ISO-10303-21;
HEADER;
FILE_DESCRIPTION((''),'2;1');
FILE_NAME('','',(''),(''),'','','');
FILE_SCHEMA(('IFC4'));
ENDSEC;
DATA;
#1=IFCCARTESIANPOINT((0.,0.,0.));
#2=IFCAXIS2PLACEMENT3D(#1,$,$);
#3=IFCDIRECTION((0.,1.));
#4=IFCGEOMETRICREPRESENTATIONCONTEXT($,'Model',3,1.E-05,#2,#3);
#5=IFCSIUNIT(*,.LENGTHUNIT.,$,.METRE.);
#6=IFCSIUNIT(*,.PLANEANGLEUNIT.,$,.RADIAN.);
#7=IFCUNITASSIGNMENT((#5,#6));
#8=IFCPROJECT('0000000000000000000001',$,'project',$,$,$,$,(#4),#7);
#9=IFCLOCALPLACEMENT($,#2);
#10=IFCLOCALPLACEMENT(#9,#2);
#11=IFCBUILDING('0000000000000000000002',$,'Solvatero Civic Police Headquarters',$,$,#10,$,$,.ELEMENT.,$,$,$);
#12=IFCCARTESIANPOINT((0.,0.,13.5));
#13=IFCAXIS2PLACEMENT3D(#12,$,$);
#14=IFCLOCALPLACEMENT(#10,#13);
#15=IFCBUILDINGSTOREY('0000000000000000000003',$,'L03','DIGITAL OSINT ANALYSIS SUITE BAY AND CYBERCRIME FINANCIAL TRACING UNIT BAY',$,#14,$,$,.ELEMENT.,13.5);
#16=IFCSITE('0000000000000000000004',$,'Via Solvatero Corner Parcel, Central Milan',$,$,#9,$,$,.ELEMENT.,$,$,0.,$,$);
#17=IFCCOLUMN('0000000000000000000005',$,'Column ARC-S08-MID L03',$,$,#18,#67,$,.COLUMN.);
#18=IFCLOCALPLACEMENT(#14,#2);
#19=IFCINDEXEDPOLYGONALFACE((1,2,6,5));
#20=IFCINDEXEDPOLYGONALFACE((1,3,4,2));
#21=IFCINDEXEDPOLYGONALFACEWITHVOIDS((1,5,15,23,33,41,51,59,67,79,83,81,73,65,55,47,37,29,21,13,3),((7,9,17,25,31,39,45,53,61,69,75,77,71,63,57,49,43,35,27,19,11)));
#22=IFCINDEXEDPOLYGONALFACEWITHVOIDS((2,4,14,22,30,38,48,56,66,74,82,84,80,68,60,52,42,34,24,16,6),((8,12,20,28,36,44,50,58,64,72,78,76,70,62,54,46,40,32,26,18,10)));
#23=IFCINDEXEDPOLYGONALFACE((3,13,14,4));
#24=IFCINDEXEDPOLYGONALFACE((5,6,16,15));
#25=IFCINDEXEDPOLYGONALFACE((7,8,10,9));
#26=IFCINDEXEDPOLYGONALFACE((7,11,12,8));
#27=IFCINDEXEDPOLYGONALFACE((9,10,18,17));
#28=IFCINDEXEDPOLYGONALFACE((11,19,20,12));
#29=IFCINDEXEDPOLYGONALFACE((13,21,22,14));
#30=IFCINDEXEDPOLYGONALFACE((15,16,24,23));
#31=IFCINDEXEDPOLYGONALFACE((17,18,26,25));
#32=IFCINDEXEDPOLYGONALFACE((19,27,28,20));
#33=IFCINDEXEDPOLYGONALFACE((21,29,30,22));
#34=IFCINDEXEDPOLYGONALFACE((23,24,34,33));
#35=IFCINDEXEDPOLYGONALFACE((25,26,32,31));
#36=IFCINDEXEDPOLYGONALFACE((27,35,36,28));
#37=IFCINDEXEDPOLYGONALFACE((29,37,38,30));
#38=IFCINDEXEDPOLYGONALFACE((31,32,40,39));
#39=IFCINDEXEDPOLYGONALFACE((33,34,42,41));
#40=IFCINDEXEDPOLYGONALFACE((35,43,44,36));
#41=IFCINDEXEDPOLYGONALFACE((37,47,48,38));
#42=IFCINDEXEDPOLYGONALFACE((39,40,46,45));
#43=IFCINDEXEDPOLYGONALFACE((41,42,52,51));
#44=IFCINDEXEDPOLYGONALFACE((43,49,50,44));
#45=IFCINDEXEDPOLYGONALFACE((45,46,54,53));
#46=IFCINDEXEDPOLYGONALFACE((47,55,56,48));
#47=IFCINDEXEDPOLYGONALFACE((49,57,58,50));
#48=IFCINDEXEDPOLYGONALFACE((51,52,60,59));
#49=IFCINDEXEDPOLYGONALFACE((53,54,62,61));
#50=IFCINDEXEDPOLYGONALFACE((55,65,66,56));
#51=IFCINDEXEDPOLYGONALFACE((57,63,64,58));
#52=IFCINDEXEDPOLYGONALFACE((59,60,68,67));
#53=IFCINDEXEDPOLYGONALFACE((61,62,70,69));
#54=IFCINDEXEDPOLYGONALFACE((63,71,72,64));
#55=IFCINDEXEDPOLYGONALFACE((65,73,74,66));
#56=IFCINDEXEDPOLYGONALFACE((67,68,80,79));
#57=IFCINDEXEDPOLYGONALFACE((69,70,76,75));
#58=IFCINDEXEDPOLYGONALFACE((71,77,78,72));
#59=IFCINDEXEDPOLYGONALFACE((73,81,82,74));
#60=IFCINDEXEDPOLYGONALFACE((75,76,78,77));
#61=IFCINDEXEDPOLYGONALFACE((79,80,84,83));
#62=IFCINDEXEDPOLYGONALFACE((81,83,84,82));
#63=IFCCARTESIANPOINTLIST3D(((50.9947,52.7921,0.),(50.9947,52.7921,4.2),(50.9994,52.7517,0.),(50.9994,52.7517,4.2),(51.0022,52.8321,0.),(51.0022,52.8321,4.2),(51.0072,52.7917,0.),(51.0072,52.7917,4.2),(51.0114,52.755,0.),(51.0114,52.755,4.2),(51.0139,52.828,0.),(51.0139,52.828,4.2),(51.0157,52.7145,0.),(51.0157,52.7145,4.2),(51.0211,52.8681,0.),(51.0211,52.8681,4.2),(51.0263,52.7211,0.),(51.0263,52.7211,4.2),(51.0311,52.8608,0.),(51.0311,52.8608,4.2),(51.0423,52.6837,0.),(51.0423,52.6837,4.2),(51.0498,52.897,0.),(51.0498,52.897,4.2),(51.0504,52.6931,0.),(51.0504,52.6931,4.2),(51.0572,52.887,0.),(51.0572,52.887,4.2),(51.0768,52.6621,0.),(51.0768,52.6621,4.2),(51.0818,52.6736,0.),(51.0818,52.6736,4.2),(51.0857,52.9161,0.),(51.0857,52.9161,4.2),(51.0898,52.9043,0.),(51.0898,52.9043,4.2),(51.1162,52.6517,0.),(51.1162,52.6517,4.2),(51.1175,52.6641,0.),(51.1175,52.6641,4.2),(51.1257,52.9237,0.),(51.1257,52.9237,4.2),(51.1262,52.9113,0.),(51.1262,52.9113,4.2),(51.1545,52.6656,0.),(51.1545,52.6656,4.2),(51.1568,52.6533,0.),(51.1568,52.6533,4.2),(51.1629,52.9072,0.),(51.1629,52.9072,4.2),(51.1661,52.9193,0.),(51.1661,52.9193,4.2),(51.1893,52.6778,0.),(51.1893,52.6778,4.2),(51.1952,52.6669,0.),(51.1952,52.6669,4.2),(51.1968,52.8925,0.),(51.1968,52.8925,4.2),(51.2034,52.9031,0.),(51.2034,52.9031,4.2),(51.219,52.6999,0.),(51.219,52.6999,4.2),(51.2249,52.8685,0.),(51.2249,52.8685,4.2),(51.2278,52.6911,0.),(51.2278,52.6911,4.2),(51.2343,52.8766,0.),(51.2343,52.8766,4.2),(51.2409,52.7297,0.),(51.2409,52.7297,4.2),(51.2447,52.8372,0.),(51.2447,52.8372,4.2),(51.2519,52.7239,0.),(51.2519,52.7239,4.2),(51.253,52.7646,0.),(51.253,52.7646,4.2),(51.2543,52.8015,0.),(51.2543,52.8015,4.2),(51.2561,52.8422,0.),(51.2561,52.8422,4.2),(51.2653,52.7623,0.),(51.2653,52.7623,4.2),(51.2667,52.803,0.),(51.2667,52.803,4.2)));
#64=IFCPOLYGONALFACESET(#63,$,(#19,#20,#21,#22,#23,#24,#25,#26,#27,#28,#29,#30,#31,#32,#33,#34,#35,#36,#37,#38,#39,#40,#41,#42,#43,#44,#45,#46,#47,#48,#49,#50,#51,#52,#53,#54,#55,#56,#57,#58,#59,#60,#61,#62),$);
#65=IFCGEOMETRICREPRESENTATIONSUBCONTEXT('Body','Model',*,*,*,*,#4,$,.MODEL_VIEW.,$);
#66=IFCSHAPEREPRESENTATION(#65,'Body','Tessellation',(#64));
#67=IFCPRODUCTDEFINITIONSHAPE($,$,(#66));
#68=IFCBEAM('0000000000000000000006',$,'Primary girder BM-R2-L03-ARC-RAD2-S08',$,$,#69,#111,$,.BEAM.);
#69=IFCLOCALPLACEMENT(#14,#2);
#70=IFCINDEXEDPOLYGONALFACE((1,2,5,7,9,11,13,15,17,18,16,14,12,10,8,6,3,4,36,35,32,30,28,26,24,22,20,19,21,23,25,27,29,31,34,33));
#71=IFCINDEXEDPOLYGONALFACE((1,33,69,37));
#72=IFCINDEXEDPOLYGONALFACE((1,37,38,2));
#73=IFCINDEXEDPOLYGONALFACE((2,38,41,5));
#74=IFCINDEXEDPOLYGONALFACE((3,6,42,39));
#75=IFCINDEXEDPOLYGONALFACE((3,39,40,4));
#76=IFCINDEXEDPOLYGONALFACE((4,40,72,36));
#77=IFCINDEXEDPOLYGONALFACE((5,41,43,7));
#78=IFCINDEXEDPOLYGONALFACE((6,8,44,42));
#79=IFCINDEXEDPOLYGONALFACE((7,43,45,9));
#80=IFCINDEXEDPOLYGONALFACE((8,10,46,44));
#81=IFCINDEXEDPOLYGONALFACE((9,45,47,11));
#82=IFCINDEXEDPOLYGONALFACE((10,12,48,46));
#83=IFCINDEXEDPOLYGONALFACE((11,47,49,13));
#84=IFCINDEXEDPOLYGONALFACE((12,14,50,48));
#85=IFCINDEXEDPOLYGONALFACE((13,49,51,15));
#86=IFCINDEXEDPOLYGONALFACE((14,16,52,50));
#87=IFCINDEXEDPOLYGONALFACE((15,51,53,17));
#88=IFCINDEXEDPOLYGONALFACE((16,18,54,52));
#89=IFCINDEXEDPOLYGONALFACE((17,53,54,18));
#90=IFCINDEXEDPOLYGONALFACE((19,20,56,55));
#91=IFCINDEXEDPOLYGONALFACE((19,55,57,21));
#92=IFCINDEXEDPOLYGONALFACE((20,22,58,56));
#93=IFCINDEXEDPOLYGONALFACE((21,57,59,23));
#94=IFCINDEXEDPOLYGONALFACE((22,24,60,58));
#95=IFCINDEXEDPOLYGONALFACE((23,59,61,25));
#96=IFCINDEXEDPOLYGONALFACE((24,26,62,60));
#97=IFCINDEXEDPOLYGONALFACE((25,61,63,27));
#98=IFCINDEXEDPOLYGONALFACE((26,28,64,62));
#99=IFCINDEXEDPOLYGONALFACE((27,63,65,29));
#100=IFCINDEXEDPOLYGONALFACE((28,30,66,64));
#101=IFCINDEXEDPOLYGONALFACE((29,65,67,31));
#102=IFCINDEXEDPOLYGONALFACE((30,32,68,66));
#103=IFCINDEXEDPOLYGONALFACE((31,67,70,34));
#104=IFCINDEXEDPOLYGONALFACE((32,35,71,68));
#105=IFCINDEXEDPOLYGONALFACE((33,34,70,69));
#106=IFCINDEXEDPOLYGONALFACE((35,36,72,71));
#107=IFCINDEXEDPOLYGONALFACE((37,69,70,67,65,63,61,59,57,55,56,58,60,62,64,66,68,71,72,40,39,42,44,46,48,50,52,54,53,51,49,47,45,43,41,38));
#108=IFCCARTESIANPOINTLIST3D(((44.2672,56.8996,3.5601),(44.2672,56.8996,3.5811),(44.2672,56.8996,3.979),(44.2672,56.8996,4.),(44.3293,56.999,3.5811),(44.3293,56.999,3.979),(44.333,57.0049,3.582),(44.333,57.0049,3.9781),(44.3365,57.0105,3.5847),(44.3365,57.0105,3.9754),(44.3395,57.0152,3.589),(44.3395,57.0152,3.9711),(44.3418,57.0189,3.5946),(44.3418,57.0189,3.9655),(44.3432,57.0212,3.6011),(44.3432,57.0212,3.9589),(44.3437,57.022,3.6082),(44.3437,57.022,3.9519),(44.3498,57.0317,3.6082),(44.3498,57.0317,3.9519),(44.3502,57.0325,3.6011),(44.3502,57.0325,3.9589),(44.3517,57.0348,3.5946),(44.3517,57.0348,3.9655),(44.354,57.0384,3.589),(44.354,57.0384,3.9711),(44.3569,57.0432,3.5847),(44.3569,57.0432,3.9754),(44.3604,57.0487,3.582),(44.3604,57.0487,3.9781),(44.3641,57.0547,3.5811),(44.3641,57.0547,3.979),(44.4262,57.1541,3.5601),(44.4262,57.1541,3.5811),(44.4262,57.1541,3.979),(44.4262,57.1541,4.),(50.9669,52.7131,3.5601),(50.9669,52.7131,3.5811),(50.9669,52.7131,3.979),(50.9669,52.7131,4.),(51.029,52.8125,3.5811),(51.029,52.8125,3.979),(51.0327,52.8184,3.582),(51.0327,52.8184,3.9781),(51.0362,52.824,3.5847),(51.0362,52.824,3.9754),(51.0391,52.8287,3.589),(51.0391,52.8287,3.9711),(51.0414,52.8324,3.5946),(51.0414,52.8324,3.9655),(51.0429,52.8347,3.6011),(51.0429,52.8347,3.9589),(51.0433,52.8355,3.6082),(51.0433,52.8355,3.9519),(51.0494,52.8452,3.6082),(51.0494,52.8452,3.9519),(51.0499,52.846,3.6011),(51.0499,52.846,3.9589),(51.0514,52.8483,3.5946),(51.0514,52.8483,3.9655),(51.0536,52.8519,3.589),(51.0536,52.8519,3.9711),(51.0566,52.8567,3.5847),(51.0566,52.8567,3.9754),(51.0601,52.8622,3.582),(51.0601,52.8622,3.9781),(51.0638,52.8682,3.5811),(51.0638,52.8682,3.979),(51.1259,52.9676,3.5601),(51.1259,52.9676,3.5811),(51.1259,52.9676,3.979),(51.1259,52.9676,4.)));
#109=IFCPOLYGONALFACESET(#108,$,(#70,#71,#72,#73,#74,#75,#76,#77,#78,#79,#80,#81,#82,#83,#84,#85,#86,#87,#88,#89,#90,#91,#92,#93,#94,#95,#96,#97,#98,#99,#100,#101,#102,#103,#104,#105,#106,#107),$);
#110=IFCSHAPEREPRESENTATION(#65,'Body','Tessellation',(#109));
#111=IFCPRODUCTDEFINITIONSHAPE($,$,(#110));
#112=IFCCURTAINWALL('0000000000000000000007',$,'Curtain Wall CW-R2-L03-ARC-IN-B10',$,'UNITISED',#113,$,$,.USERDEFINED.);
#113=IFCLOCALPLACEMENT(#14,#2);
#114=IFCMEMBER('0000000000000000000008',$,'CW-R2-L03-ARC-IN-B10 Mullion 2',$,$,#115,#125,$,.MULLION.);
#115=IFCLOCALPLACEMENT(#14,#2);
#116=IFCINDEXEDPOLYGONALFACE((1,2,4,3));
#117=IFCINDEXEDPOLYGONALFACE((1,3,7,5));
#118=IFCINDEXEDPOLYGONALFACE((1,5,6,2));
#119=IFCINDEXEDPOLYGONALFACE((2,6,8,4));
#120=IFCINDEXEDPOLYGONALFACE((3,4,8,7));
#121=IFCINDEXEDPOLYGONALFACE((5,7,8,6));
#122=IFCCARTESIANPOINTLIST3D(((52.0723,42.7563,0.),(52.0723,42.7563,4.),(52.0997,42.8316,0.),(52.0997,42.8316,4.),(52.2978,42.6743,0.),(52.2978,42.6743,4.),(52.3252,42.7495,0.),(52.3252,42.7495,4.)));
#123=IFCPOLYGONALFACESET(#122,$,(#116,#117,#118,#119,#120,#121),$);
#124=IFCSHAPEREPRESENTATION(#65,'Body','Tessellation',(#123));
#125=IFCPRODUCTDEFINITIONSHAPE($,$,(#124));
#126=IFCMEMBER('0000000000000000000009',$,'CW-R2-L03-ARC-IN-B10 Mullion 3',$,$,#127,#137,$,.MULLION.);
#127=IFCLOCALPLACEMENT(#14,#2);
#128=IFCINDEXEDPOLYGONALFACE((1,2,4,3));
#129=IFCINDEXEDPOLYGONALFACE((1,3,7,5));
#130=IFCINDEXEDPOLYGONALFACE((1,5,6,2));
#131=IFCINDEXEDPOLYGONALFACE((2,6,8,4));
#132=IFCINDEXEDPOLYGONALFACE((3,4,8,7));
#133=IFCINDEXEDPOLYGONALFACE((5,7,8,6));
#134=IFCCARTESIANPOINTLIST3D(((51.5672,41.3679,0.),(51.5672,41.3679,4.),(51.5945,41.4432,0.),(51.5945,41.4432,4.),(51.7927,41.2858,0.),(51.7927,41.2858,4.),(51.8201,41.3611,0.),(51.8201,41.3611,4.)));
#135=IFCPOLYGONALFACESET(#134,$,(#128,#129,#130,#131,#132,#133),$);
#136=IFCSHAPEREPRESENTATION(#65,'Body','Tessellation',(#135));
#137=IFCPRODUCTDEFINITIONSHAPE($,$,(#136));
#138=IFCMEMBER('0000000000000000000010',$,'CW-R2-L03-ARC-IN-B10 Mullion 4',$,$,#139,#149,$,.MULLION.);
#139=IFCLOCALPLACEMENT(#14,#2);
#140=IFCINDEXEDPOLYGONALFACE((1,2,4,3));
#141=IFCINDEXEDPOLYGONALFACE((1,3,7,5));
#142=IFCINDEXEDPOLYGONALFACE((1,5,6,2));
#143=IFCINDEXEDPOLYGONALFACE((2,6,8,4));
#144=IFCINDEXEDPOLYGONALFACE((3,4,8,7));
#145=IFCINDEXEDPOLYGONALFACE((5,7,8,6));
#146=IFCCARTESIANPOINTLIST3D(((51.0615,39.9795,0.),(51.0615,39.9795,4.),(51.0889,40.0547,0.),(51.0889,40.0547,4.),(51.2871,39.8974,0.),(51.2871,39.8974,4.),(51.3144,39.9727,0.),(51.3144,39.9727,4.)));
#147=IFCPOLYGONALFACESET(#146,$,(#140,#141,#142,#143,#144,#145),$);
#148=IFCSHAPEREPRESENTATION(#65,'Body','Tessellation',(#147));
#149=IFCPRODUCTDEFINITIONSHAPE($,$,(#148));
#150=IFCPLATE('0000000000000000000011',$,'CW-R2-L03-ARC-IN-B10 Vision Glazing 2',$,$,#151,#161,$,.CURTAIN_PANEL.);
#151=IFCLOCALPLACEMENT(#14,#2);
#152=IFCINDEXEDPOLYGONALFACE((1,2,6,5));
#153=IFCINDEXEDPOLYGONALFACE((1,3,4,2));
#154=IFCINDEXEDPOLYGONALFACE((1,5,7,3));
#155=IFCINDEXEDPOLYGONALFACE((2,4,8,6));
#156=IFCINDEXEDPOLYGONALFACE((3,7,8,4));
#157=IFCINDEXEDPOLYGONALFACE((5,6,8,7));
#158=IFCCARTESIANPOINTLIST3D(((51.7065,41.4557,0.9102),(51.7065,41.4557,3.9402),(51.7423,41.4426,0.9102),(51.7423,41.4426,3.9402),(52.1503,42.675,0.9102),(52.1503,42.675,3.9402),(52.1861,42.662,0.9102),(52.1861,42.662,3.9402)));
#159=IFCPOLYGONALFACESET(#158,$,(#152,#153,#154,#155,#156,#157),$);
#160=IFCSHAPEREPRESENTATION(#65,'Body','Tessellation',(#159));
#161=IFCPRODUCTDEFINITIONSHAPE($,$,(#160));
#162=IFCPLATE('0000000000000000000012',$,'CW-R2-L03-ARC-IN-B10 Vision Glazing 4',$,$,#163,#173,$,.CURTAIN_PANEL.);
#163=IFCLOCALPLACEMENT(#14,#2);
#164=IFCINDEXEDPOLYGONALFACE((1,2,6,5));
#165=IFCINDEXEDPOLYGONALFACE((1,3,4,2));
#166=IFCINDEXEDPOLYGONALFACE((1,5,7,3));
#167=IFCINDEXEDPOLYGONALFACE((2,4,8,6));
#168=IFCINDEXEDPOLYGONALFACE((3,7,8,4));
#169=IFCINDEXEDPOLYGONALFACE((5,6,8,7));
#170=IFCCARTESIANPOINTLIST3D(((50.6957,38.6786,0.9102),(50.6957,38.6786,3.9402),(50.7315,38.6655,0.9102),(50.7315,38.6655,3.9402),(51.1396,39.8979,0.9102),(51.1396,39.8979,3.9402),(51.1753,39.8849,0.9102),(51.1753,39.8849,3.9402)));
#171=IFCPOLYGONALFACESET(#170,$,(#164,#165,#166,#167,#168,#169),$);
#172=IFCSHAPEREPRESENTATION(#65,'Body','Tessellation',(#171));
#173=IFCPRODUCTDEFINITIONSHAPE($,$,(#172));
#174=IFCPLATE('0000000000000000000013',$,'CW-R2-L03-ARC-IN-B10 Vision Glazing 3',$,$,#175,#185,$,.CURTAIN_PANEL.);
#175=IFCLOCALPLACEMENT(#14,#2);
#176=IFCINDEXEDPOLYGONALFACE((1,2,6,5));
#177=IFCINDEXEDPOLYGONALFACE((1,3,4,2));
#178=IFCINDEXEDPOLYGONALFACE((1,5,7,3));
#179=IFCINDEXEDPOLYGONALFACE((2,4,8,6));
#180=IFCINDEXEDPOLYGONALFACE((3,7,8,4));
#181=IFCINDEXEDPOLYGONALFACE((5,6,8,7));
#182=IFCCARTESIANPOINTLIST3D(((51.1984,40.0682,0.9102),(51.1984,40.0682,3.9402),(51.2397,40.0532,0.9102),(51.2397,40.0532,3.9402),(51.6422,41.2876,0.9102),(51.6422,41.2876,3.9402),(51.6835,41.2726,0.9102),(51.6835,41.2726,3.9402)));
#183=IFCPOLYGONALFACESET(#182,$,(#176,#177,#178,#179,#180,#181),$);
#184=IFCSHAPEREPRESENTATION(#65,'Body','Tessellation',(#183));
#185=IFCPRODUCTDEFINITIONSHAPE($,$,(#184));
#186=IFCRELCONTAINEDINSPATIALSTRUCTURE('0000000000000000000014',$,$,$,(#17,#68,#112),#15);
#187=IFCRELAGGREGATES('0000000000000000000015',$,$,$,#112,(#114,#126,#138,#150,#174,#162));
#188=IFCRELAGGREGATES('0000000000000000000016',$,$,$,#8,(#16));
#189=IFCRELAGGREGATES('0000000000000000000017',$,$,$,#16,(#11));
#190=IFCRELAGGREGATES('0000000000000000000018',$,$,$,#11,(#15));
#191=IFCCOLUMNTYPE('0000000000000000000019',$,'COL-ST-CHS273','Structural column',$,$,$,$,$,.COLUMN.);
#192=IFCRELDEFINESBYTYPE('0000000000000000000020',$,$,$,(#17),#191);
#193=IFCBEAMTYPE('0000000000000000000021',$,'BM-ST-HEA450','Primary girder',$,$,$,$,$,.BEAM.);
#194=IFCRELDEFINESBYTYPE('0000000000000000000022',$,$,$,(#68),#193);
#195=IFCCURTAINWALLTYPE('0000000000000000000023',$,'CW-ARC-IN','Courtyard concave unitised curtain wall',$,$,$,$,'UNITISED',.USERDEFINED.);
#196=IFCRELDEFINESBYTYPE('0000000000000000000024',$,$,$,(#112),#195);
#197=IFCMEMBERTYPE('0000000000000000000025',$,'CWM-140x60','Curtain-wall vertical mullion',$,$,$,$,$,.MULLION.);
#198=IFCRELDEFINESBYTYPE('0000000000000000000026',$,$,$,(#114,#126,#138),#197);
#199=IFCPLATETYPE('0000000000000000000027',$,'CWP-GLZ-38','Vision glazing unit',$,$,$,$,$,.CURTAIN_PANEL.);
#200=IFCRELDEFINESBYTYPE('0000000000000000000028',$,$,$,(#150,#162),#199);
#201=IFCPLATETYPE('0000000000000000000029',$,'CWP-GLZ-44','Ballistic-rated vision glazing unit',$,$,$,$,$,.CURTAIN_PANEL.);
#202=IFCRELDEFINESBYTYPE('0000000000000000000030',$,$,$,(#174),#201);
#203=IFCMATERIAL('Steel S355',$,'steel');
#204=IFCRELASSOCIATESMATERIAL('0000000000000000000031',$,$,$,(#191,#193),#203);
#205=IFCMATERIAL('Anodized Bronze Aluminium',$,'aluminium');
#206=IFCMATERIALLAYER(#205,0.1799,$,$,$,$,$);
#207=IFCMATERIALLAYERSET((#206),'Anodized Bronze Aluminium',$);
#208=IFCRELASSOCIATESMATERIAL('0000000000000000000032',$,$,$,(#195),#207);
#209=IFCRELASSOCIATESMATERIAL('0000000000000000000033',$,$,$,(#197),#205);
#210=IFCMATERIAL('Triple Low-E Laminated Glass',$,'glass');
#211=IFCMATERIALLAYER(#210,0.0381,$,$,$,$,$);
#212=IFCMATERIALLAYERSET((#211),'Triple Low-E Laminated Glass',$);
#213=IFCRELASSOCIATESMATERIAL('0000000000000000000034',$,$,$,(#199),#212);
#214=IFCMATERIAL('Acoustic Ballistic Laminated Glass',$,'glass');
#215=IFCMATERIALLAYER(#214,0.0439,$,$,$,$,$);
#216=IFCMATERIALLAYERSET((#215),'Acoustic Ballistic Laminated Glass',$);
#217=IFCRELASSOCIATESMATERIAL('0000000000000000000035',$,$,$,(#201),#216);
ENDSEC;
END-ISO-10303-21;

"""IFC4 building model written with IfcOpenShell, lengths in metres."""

from ifc_helpers import new_model, si_unit, direction, frame, origin, origin_2d, place, context, subcontext, project, spatial, rectangle, hollow_circle, i_section, extrude, material, layer, layer_set, material_profile, profile_set, type_object, element, aggregate, save


model = new_model("IFC4")

# Units and contexts
model_context = context("Model", 3, precision=1e-05, world=origin(), true_north=direction((0.0, 1.0)))
body_context = subcontext(model_context, "Body", "Model", "MODEL_VIEW")
ifc_project = project(units=[si_unit("LENGTHUNIT", "METRE"), si_unit("PLANEANGLEUNIT", "RADIAN")], contexts=[model_context])

# Site, building, storey
site_placement = place(None, origin())
site = spatial("IfcSite", under=ifc_project, at=site_placement, Name="Via Solvatero Corner Parcel, Central Milan", CompositionType="ELEMENT", RefElevation=0.0)
building_placement = place(site_placement, origin())
building = spatial("IfcBuilding", under=site, at=building_placement, Name="Solvatero Civic Police Headquarters", CompositionType="ELEMENT")
storey_placement = place(building_placement, frame((0.0, 0.0, 13.5)))
storey = spatial("IfcBuildingStorey", under=building, at=storey_placement, Name="L03", Description="DIGITAL OSINT ANALYSIS SUITE BAY AND CYBERCRIME FINANCIAL TRACING UNIT BAY", CompositionType="ELEMENT", Elevation=13.5)

# Column
ifc_material_1 = material(Name="Steel S355", Category="steel")
ifc_material_profile_1 = material_profile(ifc_material_1, hollow_circle(Radius=0.1365, WallThickness=0.0125, at=origin_2d()), Name="CHS 273.0x12.5")
ifc_profile_set_1 = profile_set([ifc_material_profile_1], Name="Steel S355")
column_type = type_object("IfcColumnType", Name="COL-ST-CHS273", Description="Structural column", PredefinedType="COLUMN", material=ifc_profile_set_1)
column_placement = place(storey_placement, frame((51.1311, 52.7874, 0.0), z_axis=(0.0, 0.0, 1.0), x_axis=(0.529919, 0.848048, 0.0)))
element("IfcColumn", 1, at=column_placement, inside=storey, type_object=column_type, Name="Column ARC-S08-MID L03", PredefinedType="COLUMN", context=body_context, shape_type="SweptSolid", body=[
    extrude(hollow_circle(Radius=0.1365, WallThickness=0.0125, at=origin_2d()), origin(), (0.0, 0.0, 1.0), 4.2),
])

# Beam
ifc_material_profile_2 = material_profile(ifc_material_1, i_section(OverallWidth=0.3, OverallDepth=0.4399, WebThickness=0.0115, FlangeThickness=0.021, FilletRadius=0.0271, at=origin_2d()), Name="HEA 450")
ifc_profile_set_2 = profile_set([ifc_material_profile_2], Name="Steel S355")
beam_type = type_object("IfcBeamType", Name="BM-ST-HEA450", Description="Primary girder", PredefinedType="BEAM", material=ifc_profile_set_2)
beam_placement = place(storey_placement, frame((51.0464, 52.8403, 3.78), z_axis=(-0.848043, 0.529927, 0.0), x_axis=(-0.529927, -0.848043, 0.0)))
element("IfcBeam", 2, at=beam_placement, inside=storey, type_object=beam_type, Name="Primary girder BM-R2-L03-ARC-RAD2-S08", PredefinedType="BEAM", context=body_context, shape_type="SweptSolid", body=[
    extrude(i_section(OverallWidth=0.3, OverallDepth=0.4399, WebThickness=0.0115, FlangeThickness=0.021, FilletRadius=0.0271, at=origin_2d()), origin(), (0.0, 0.0, 1.0), 7.9001),
])

# Curtain wall, members, plates
ifc_material_2 = material(Name="Anodized Bronze Aluminium", Category="aluminium")
ifc_layer_1 = layer(ifc_material_2, 0.1799)
ifc_layer_set_1 = layer_set([ifc_layer_1], Name="Anodized Bronze Aluminium")
curtain_wall_type = type_object("IfcCurtainWallType", Name="CW-ARC-IN", Description="Courtyard concave unitised curtain wall", ElementType="UNITISED", PredefinedType="USERDEFINED", material=ifc_layer_set_1)
curtain_wall_placement = place(storey_placement, origin())
curtain_wall = element("IfcCurtainWall", 3, at=curtain_wall_placement, inside=storey, type_object=curtain_wall_type, Name="Curtain Wall CW-R2-L03-ARC-IN-B10", ObjectType="UNITISED", PredefinedType="USERDEFINED")
ifc_material_profile_3 = material_profile(ifc_material_2, rectangle(XDim=0.0801, YDim=0.24, at=origin_2d()), Name="ALU MULLION 80x240")
ifc_profile_set_3 = profile_set([ifc_material_profile_3], Name="Anodized Bronze Aluminium")
member_type = type_object("IfcMemberType", Name="CWM-140x60", Description="Curtain-wall vertical mullion", PredefinedType="MULLION", material=ifc_profile_set_3)
member_1_placement = place(storey_placement, frame((52.1987, 42.7529, 0.0), z_axis=(0.0, 0.0, 1.0), x_axis=(-0.34202, -0.939693, 0.0)))
member_1 = element("IfcMember", 4, at=member_1_placement, type_object=member_type, Name="CW-R2-L03-ARC-IN-B10 Mullion 2", PredefinedType="MULLION", context=body_context, shape_type="SweptSolid", body=[
    extrude(rectangle(XDim=0.0801, YDim=0.24, at=origin_2d()), origin(), (0.0, 0.0, 1.0), 4.0),
])
member_2_placement = place(storey_placement, frame((51.6936, 41.3645, 0.0), z_axis=(0.0, 0.0, 1.0), x_axis=(-0.34202, -0.939693, 0.0)))
member_2 = element("IfcMember", 5, at=member_2_placement, type_object=member_type, Name="CW-R2-L03-ARC-IN-B10 Mullion 3", PredefinedType="MULLION", context=body_context, shape_type="SweptSolid", body=[
    extrude(rectangle(XDim=0.0801, YDim=0.24, at=origin_2d()), origin(), (0.0, 0.0, 1.0), 4.0),
])
member_3_placement = place(storey_placement, frame((51.188, 39.9761, 0.0), z_axis=(0.0, 0.0, 1.0), x_axis=(-0.34202, -0.939693, 0.0)))
member_3 = element("IfcMember", 6, at=member_3_placement, type_object=member_type, Name="CW-R2-L03-ARC-IN-B10 Mullion 4", PredefinedType="MULLION", context=body_context, shape_type="SweptSolid", body=[
    extrude(rectangle(XDim=0.0801, YDim=0.24, at=origin_2d()), origin(), (0.0, 0.0, 1.0), 4.0),
])
ifc_material_3 = material(Name="Triple Low-E Laminated Glass", Category="glass")
ifc_layer_2 = layer(ifc_material_3, 0.0381)
ifc_layer_set_2 = layer_set([ifc_layer_2], Name="Triple Low-E Laminated Glass")
plate_type_1 = type_object("IfcPlateType", Name="CWP-GLZ-38", Description="Vision glazing unit", PredefinedType="CURTAIN_PANEL", material=ifc_layer_set_2)
plate_1_placement = place(storey_placement, frame((51.9463, 42.0588, 0.9102), z_axis=(0.0, 0.0, 1.0), x_axis=(-0.34202, -0.939693, 0.0)))
plate_1 = element("IfcPlate", 7, at=plate_1_placement, type_object=plate_type_1, Name="CW-R2-L03-ARC-IN-B10 Vision Glazing 2", PredefinedType="CURTAIN_PANEL", context=body_context, shape_type="SweptSolid", body=[
    extrude(rectangle(XDim=1.2976, YDim=0.0381, at=origin_2d()), origin(), (0.0, 0.0, 1.0), 3.03),
])
plate_2_placement = place(storey_placement, frame((50.9355, 39.2817, 0.9102), z_axis=(0.0, 0.0, 1.0), x_axis=(-0.34202, -0.939693, 0.0)))
plate_2 = element("IfcPlate", 8, at=plate_2_placement, type_object=plate_type_1, Name="CW-R2-L03-ARC-IN-B10 Vision Glazing 4", PredefinedType="CURTAIN_PANEL", context=body_context, shape_type="SweptSolid", body=[
    extrude(rectangle(XDim=1.2976, YDim=0.0381, at=origin_2d()), origin(), (0.0, 0.0, 1.0), 3.03),
])
ifc_material_4 = material(Name="Acoustic Ballistic Laminated Glass", Category="glass")
ifc_layer_3 = layer(ifc_material_4, 0.0439)
ifc_layer_set_3 = layer_set([ifc_layer_3], Name="Acoustic Ballistic Laminated Glass")
plate_type_2 = type_object("IfcPlateType", Name="CWP-GLZ-44", Description="Ballistic-rated vision glazing unit", PredefinedType="CURTAIN_PANEL", material=ifc_layer_set_3)
plate_3_placement = place(storey_placement, frame((51.4409, 40.6704, 0.9102), z_axis=(0.0, 0.0, 1.0), x_axis=(-0.34202, -0.939693, 0.0)))
plate_3 = element("IfcPlate", 9, at=plate_3_placement, type_object=plate_type_2, Name="CW-R2-L03-ARC-IN-B10 Vision Glazing 3", PredefinedType="CURTAIN_PANEL", context=body_context, shape_type="SweptSolid", body=[
    extrude(rectangle(XDim=1.2976, YDim=0.0439, at=origin_2d()), origin(), (0.0, 0.0, 1.0), 3.03),
])
aggregate(curtain_wall, [member_1, member_2, member_3, plate_1, plate_3, plate_2])

save(model, "model.ifc")
